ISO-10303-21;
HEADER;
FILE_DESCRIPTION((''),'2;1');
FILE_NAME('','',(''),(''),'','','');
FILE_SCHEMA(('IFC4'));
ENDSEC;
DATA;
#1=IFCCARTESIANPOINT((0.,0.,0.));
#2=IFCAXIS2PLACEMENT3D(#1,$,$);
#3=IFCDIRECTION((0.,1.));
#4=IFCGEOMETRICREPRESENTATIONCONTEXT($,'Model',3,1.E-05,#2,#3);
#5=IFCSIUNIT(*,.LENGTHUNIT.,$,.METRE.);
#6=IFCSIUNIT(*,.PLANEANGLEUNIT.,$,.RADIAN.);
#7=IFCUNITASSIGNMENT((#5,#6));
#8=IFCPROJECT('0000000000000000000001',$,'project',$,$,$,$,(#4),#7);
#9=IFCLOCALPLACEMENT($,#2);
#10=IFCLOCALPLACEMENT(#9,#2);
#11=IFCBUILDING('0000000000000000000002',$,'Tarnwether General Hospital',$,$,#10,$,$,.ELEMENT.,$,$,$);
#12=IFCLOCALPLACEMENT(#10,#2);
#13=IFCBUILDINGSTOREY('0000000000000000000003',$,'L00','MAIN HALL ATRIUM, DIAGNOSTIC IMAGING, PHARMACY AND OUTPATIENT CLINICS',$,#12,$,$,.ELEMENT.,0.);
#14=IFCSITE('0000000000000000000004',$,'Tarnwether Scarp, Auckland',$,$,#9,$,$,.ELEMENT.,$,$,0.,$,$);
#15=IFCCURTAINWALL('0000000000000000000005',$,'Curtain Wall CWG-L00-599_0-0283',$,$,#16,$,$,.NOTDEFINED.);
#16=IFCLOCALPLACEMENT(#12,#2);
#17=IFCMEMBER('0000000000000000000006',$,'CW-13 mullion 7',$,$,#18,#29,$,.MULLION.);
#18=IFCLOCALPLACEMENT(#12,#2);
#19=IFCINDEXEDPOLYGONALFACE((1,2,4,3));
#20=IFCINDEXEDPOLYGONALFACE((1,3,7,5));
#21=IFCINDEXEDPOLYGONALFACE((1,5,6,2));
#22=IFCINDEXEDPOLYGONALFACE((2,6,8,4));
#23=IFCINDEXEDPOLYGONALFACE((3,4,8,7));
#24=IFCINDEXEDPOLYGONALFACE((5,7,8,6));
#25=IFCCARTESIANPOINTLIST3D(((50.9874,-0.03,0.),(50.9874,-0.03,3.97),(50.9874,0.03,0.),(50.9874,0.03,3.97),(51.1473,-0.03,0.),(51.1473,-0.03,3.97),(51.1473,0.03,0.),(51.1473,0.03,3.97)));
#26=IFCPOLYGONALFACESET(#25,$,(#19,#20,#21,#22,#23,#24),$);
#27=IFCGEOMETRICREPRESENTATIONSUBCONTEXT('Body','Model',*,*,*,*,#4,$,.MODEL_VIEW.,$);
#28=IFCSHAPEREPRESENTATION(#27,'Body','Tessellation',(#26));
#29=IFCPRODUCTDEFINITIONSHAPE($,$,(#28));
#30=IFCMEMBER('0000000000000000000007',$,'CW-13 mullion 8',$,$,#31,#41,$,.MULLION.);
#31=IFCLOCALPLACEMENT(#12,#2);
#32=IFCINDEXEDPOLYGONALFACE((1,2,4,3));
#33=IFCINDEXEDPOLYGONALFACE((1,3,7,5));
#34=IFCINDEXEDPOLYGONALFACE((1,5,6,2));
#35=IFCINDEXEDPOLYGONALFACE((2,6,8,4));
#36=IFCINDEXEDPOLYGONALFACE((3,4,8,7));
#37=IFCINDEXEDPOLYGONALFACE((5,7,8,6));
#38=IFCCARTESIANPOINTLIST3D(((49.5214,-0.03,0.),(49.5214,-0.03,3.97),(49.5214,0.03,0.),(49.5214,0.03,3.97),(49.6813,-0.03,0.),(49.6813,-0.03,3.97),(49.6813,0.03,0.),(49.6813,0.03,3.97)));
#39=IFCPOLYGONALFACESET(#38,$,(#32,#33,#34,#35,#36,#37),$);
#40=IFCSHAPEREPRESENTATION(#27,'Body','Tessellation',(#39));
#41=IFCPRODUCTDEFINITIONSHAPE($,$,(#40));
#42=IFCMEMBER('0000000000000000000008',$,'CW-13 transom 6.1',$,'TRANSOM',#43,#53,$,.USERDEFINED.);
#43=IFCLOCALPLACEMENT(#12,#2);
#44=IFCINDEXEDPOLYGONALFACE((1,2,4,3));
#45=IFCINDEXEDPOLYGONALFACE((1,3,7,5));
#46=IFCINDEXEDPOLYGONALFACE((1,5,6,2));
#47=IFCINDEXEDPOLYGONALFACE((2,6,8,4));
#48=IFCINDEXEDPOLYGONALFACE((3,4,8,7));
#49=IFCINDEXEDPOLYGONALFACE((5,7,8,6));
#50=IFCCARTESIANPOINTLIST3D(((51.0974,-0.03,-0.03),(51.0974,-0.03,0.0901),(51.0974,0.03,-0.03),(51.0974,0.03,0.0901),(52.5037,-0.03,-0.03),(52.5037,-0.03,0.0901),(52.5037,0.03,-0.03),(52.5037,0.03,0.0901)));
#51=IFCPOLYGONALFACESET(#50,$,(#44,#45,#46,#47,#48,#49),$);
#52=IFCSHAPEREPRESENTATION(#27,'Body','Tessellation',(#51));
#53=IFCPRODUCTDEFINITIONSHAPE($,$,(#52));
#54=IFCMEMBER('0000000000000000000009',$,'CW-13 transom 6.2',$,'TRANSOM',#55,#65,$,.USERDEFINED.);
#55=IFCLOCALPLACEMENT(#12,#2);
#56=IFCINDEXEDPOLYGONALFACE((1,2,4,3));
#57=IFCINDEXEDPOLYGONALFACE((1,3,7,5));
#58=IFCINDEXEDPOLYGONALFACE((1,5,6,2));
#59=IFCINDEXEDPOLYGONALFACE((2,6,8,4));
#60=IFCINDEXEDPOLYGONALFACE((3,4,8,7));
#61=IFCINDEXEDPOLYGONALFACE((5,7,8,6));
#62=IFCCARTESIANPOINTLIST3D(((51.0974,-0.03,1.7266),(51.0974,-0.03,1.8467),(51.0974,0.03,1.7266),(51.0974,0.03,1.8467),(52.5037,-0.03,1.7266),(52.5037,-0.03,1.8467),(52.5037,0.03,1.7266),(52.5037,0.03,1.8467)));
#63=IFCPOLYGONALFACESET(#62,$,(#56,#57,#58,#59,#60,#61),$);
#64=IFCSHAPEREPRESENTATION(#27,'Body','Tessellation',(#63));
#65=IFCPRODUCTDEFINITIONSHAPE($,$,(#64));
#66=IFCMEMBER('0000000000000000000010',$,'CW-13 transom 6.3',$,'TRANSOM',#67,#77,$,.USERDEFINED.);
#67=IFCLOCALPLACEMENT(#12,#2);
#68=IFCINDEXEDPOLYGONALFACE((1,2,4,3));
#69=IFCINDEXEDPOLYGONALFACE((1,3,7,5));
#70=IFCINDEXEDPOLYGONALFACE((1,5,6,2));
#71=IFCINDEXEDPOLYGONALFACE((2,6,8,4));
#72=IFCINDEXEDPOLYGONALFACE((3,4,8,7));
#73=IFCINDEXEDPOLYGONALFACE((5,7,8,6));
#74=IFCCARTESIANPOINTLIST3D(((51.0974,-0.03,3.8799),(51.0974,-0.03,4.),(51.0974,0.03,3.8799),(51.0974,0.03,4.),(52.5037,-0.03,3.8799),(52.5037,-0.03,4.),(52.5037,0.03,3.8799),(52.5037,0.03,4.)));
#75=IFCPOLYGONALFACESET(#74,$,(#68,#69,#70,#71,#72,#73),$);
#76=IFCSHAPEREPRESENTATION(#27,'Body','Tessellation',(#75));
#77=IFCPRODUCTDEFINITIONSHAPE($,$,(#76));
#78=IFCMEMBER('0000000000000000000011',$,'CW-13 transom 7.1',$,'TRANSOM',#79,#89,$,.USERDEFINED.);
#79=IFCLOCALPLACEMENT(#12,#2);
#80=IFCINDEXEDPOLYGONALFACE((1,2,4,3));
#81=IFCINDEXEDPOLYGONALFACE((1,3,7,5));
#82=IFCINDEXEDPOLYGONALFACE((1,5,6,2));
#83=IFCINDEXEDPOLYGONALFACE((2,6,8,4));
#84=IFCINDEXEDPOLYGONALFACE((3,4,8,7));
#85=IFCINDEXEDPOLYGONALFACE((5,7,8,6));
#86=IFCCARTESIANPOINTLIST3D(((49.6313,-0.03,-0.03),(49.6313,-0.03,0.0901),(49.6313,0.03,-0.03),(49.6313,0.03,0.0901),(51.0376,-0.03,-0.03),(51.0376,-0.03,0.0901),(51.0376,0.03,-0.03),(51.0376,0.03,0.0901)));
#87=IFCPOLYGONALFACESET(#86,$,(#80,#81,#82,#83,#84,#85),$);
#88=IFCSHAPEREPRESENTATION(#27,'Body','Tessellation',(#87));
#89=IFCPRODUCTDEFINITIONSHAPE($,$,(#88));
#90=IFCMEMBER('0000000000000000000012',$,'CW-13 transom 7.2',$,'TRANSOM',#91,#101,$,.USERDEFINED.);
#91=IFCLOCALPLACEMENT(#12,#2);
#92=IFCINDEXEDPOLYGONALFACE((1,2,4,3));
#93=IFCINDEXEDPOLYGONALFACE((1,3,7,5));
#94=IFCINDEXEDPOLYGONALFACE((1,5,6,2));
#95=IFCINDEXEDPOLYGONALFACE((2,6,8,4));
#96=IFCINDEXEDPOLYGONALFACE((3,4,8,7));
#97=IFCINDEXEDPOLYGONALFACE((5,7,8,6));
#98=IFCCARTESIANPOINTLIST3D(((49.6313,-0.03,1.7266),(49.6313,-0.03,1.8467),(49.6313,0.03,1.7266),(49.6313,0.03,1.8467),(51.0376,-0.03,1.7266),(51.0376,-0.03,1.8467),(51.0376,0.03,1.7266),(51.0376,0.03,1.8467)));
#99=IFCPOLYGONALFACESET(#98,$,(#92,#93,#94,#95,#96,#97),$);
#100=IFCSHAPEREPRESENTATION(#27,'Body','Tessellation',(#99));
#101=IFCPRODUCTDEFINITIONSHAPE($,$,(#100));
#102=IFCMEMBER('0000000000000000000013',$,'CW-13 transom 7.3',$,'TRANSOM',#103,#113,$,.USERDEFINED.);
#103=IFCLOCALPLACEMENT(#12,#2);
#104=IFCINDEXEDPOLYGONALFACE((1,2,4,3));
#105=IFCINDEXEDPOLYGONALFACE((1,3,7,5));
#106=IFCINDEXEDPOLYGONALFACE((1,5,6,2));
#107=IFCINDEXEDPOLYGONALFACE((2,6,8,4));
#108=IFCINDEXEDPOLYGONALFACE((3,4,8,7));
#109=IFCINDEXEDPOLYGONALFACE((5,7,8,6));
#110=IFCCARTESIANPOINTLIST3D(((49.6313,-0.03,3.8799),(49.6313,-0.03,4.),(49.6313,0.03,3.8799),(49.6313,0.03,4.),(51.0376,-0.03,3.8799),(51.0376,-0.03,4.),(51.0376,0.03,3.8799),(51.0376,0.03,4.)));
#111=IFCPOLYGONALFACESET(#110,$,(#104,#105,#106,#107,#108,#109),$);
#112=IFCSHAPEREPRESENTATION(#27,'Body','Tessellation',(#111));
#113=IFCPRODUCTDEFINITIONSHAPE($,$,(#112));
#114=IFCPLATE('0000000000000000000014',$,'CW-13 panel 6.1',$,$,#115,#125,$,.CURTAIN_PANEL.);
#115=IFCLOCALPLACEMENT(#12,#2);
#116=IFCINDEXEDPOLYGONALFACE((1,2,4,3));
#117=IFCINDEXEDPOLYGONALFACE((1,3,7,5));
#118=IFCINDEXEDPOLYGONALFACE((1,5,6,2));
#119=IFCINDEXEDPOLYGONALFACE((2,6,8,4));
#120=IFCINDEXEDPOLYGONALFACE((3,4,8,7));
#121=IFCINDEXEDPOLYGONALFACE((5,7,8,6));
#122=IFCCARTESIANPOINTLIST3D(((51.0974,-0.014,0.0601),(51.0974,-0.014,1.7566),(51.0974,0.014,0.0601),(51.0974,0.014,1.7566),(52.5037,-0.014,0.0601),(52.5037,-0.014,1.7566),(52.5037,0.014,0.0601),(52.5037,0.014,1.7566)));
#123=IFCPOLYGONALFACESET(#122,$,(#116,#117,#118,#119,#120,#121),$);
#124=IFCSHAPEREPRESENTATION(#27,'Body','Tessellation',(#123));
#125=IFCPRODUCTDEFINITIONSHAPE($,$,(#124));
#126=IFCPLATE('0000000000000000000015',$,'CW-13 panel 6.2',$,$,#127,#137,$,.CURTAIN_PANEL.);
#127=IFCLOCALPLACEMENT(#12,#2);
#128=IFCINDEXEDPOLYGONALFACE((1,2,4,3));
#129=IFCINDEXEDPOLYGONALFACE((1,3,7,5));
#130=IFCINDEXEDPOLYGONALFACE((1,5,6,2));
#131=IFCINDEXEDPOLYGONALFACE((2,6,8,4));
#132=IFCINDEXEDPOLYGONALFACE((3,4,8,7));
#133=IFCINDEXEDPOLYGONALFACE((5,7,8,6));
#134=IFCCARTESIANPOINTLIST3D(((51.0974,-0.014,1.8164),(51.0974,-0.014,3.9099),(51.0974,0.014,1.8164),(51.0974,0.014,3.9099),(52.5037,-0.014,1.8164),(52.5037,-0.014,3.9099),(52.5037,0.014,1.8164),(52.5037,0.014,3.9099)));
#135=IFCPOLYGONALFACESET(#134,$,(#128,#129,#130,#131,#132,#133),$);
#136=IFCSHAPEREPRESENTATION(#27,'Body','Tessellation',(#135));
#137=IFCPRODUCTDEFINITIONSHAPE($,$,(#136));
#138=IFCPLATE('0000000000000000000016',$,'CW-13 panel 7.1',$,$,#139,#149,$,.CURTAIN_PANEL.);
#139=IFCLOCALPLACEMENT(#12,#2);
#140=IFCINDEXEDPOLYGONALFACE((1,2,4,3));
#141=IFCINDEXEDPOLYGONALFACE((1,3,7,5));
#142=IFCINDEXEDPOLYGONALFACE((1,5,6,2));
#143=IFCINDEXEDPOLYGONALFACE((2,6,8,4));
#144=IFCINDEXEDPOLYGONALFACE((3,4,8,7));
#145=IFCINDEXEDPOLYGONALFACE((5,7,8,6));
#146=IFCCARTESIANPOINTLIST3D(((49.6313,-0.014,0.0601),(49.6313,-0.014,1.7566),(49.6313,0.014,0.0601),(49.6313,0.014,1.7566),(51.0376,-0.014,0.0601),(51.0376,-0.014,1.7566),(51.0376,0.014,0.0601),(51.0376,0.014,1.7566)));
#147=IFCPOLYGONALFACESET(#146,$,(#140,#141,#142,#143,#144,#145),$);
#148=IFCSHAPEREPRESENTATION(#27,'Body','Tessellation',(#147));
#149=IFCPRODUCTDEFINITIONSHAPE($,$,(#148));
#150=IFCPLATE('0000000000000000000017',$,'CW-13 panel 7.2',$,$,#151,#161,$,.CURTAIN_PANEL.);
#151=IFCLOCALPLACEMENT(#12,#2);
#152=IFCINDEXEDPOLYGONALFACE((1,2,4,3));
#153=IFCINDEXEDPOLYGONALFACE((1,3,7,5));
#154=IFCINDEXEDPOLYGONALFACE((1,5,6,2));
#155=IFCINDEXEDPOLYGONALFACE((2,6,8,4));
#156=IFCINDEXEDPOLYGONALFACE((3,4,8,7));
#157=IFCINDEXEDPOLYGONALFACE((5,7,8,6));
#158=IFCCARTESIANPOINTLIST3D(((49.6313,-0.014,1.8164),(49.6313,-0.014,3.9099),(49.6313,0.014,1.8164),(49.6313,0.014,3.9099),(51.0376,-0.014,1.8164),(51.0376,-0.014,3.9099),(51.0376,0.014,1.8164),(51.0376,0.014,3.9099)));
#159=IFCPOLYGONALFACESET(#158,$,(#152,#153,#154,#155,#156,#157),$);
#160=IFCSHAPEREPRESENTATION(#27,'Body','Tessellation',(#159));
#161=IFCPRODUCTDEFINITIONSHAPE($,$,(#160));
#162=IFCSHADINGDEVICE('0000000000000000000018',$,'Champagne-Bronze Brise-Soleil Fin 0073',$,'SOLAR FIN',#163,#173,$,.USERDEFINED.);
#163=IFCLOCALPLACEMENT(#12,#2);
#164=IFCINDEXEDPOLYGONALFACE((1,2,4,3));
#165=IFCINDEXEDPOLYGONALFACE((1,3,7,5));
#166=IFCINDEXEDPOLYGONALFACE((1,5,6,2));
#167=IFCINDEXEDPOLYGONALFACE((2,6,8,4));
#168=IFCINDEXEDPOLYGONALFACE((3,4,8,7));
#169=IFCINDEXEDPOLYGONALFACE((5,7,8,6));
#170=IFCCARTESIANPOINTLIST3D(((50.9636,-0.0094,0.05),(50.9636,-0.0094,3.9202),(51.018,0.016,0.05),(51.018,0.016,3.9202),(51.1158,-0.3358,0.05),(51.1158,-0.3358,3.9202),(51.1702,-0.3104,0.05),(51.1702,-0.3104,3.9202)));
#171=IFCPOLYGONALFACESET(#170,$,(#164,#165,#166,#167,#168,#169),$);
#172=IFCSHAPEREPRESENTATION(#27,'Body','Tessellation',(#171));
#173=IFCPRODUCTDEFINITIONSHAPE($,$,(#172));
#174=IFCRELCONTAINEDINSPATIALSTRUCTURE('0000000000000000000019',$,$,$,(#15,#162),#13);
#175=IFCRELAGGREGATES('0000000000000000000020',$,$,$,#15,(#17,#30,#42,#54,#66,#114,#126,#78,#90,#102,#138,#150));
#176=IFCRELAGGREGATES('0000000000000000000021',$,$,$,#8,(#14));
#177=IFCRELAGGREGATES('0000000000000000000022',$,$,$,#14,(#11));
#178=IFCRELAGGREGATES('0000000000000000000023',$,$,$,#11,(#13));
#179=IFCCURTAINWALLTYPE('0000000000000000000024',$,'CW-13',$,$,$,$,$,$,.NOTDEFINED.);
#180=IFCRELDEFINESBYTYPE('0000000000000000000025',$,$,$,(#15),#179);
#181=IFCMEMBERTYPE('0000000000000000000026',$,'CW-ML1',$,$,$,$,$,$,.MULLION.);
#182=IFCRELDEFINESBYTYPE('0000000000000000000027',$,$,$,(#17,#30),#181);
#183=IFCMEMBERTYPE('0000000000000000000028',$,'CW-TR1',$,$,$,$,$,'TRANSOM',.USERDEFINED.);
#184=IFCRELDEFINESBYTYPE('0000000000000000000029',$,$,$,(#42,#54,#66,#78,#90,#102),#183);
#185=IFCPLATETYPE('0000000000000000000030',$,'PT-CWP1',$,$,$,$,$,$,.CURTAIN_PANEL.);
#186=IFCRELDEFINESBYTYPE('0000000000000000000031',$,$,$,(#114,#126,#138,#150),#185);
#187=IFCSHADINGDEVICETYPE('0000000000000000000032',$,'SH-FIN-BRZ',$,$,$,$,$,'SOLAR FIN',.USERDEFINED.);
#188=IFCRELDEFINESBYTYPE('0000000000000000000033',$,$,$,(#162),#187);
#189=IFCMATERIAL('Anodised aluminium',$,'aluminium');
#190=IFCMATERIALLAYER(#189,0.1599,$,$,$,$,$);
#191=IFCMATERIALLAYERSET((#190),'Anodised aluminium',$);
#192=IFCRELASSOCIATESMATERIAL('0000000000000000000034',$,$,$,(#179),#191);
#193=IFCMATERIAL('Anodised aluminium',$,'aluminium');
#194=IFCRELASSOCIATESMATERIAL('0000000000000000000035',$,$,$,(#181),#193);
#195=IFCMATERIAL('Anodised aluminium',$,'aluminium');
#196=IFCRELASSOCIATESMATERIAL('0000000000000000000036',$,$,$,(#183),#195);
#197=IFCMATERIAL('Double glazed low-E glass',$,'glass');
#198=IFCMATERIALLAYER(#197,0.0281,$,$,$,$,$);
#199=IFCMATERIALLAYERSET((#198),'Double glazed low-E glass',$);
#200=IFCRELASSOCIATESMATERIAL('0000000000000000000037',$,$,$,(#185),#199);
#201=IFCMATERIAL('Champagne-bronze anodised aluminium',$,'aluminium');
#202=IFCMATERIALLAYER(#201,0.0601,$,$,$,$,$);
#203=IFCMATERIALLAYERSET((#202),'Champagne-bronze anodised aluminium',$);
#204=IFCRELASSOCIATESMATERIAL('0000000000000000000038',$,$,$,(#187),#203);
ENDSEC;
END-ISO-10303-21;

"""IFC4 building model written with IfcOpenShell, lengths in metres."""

from ifc_helpers import new_model, si_unit, direction, frame, origin, origin_2d, place, context, subcontext, project, spatial, rectangle, extrude, material, layer, layer_set, material_profile, profile_set, type_object, element, aggregate, save


model = new_model("IFC4")

# Units and contexts
model_context = context("Model", 3, precision=1e-05, world=origin(), true_north=direction((0.0, 1.0)))
body_context = subcontext(model_context, "Body", "Model", "MODEL_VIEW")
ifc_project = project(units=[si_unit("LENGTHUNIT", "METRE"), si_unit("PLANEANGLEUNIT", "RADIAN")], contexts=[model_context])

# Site, building, storey
site_placement = place(None, origin())
site = spatial("IfcSite", under=ifc_project, at=site_placement, Name="Tarnwether Scarp, Auckland", CompositionType="ELEMENT", RefElevation=0.0)
building_placement = place(site_placement, origin())
building = spatial("IfcBuilding", under=site, at=building_placement, Name="Tarnwether General Hospital", CompositionType="ELEMENT")
storey_placement = place(building_placement, origin())
storey = spatial("IfcBuildingStorey", under=building, at=storey_placement, Name="L00", Description="MAIN HALL ATRIUM, DIAGNOSTIC IMAGING, PHARMACY AND OUTPATIENT CLINICS", CompositionType="ELEMENT", Elevation=0.0)

# Curtain wall, members, plates
ifc_material_1 = material(Name="Anodised aluminium", Category="aluminium")
ifc_layer_1 = layer(ifc_material_1, 0.1599)
ifc_layer_set_1 = layer_set([ifc_layer_1], Name="Anodised aluminium")
curtain_wall_type = type_object("IfcCurtainWallType", Name="CW-13", PredefinedType="NOTDEFINED", material=ifc_layer_set_1)
curtain_wall_placement = place(storey_placement, origin())
curtain_wall = element("IfcCurtainWall", 1, at=curtain_wall_placement, inside=storey, type_object=curtain_wall_type, Name="Curtain Wall CWG-L00-599_0-0283", PredefinedType="NOTDEFINED")
ifc_material_2 = material(Name="Anodised aluminium", Category="aluminium")
ifc_material_profile_1 = material_profile(ifc_material_2, rectangle(XDim=0.0601, YDim=0.1599, at=origin_2d()), Name="ALU-MUL-60x160")
ifc_profile_set_1 = profile_set([ifc_material_profile_1], Name="Anodised aluminium")
member_type_1 = type_object("IfcMemberType", Name="CW-ML1", PredefinedType="MULLION", material=ifc_profile_set_1)
member_1_placement = place(storey_placement, frame((51.0674, 0.0, 0.0), z_axis=(0.0, 0.0, 1.0), x_axis=(0.0, -1.0, 0.0)))
member_1 = element("IfcMember", 2, at=member_1_placement, type_object=member_type_1, Name="CW-13 mullion 7", PredefinedType="MULLION", context=body_context, shape_type="SweptSolid", body=[
    extrude(rectangle(XDim=0.0601, YDim=0.1599, at=origin_2d()), origin(), (0.0, 0.0, 1.0), 3.97),
])
member_2_placement = place(storey_placement, frame((49.6013, 0.0, 0.0), z_axis=(0.0, 0.0, 1.0), x_axis=(0.0, -1.0, 0.0)))
member_2 = element("IfcMember", 3, at=member_2_placement, type_object=member_type_1, Name="CW-13 mullion 8", PredefinedType="MULLION", context=body_context, shape_type="SweptSolid", body=[
    extrude(rectangle(XDim=0.0601, YDim=0.1599, at=origin_2d()), origin(), (0.0, 0.0, 1.0), 3.97),
])
ifc_material_3 = material(Name="Anodised aluminium", Category="aluminium")
ifc_material_profile_2 = material_profile(ifc_material_3, rectangle(XDim=0.0601, YDim=0.1201, at=origin_2d()), Name="ALU-TRN-60x120")
ifc_profile_set_2 = profile_set([ifc_material_profile_2], Name="Anodised aluminium")
member_type_2 = type_object("IfcMemberType", Name="CW-TR1", ElementType="TRANSOM", PredefinedType="USERDEFINED", material=ifc_profile_set_2)
member_3_placement = place(storey_placement, frame((52.5037, 0.0, 0.03), z_axis=(-1.0, 0.0, 0.0), x_axis=(0.0, -1.0, 0.0)))
member_3 = element("IfcMember", 4, at=member_3_placement, type_object=member_type_2, Name="CW-13 transom 6.1", ObjectType="TRANSOM", PredefinedType="USERDEFINED", context=body_context, shape_type="SweptSolid", body=[
    extrude(rectangle(XDim=0.0601, YDim=0.1201, at=origin_2d()), origin(), (0.0, 0.0, 1.0), 1.4062),
])
member_4_placement = place(storey_placement, frame((52.5037, 0.0, 1.7866), z_axis=(-1.0, 0.0, 0.0), x_axis=(0.0, -1.0, 0.0)))
member_4 = element("IfcMember", 5, at=member_4_placement, type_object=member_type_2, Name="CW-13 transom 6.2", ObjectType="TRANSOM", PredefinedType="USERDEFINED", context=body_context, shape_type="SweptSolid", body=[
    extrude(rectangle(XDim=0.0601, YDim=0.1201, at=origin_2d()), origin(), (0.0, 0.0, 1.0), 1.4062),
])
member_5_placement = place(storey_placement, frame((52.5037, 0.0, 3.9399), z_axis=(-1.0, 0.0, 0.0), x_axis=(0.0, -1.0, 0.0)))
member_5 = element("IfcMember", 6, at=member_5_placement, type_object=member_type_2, Name="CW-13 transom 6.3", ObjectType="TRANSOM", PredefinedType="USERDEFINED", context=body_context, shape_type="SweptSolid", body=[
    extrude(rectangle(XDim=0.0601, YDim=0.1201, at=origin_2d()), origin(), (0.0, 0.0, 1.0), 1.4062),
])
member_6_placement = place(storey_placement, frame((51.0376, 0.0, 0.03), z_axis=(-1.0, 0.0, 0.0), x_axis=(0.0, -1.0, 0.0)))
member_6 = element("IfcMember", 7, at=member_6_placement, type_object=member_type_2, Name="CW-13 transom 7.1", ObjectType="TRANSOM", PredefinedType="USERDEFINED", context=body_context, shape_type="SweptSolid", body=[
    extrude(rectangle(XDim=0.0601, YDim=0.1201, at=origin_2d()), origin(), (0.0, 0.0, 1.0), 1.4062),
])
member_7_placement = place(storey_placement, frame((51.0376, 0.0, 1.7866), z_axis=(-1.0, 0.0, 0.0), x_axis=(0.0, -1.0, 0.0)))
member_7 = element("IfcMember", 8, at=member_7_placement, type_object=member_type_2, Name="CW-13 transom 7.2", ObjectType="TRANSOM", PredefinedType="USERDEFINED", context=body_context, shape_type="SweptSolid", body=[
    extrude(rectangle(XDim=0.0601, YDim=0.1201, at=origin_2d()), origin(), (0.0, 0.0, 1.0), 1.4062),
])
member_8_placement = place(storey_placement, frame((51.0376, 0.0, 3.9399), z_axis=(-1.0, 0.0, 0.0), x_axis=(0.0, -1.0, 0.0)))
member_8 = element("IfcMember", 9, at=member_8_placement, type_object=member_type_2, Name="CW-13 transom 7.3", ObjectType="TRANSOM", PredefinedType="USERDEFINED", context=body_context, shape_type="SweptSolid", body=[
    extrude(rectangle(XDim=0.0601, YDim=0.1201, at=origin_2d()), origin(), (0.0, 0.0, 1.0), 1.4062),
])
ifc_material_4 = material(Name="Double glazed low-E glass", Category="glass")
ifc_layer_2 = layer(ifc_material_4, 0.0281)
ifc_layer_set_2 = layer_set([ifc_layer_2], Name="Double glazed low-E glass")
plate_type = type_object("IfcPlateType", Name="PT-CWP1", PredefinedType="CURTAIN_PANEL", material=ifc_layer_set_2)
plate_1_placement = place(storey_placement, frame((51.8005, 0.0, 0.0601), z_axis=(0.0, 0.0, 1.0), x_axis=(-1.0, 0.0, 0.0)))
plate_1 = element("IfcPlate", 10, at=plate_1_placement, type_object=plate_type, Name="CW-13 panel 6.1", PredefinedType="CURTAIN_PANEL", context=body_context, shape_type="SweptSolid", body=[
    extrude(rectangle(XDim=1.4062, YDim=0.0281, at=origin_2d()), origin(), (0.0, 0.0, 1.0), 1.6965),
])
plate_2_placement = place(storey_placement, frame((51.8005, 0.0, 1.8164), z_axis=(0.0, 0.0, 1.0), x_axis=(-1.0, 0.0, 0.0)))
plate_2 = element("IfcPlate", 11, at=plate_2_placement, type_object=plate_type, Name="CW-13 panel 6.2", PredefinedType="CURTAIN_PANEL", context=body_context, shape_type="SweptSolid", body=[
    extrude(rectangle(XDim=1.4062, YDim=0.0281, at=origin_2d()), origin(), (0.0, 0.0, 1.0), 2.0935),
])
plate_3_placement = place(storey_placement, frame((50.3345, 0.0, 0.0601), z_axis=(0.0, 0.0, 1.0), x_axis=(-1.0, 0.0, 0.0)))
plate_3 = element("IfcPlate", 12, at=plate_3_placement, type_object=plate_type, Name="CW-13 panel 7.1", PredefinedType="CURTAIN_PANEL", context=body_context, shape_type="SweptSolid", body=[
    extrude(rectangle(XDim=1.4062, YDim=0.0281, at=origin_2d()), origin(), (0.0, 0.0, 1.0), 1.6965),
])
plate_4_placement = place(storey_placement, frame((50.3345, 0.0, 1.8164), z_axis=(0.0, 0.0, 1.0), x_axis=(-1.0, 0.0, 0.0)))
plate_4 = element("IfcPlate", 13, at=plate_4_placement, type_object=plate_type, Name="CW-13 panel 7.2", PredefinedType="CURTAIN_PANEL", context=body_context, shape_type="SweptSolid", body=[
    extrude(rectangle(XDim=1.4062, YDim=0.0281, at=origin_2d()), origin(), (0.0, 0.0, 1.0), 2.0935),
])
aggregate(curtain_wall, [member_1, member_2, member_3, member_4, member_5, plate_1, plate_2, member_6, member_7, member_8, plate_3, plate_4])

# Shading device
ifc_material_5 = material(Name="Champagne-bronze anodised aluminium", Category="aluminium")
ifc_layer_3 = layer(ifc_material_5, 0.0601)
ifc_layer_set_3 = layer_set([ifc_layer_3], Name="Champagne-bronze anodised aluminium")
shading_device_type = type_object("IfcShadingDeviceType", Name="SH-FIN-BRZ", ElementType="SOLAR FIN", PredefinedType="USERDEFINED", material=ifc_layer_set_3)
shading_device_placement = place(storey_placement, frame((51.0669, -0.1599, 0.05), z_axis=(0.0, 0.0, 1.0), x_axis=(-0.906308, -0.422618, 0.0)))
element("IfcShadingDevice", 14, at=shading_device_placement, inside=storey, type_object=shading_device_type, Name="Champagne-Bronze Brise-Soleil Fin 0073", ObjectType="SOLAR FIN", PredefinedType="USERDEFINED", context=body_context, shape_type="SweptSolid", body=[
    extrude(rectangle(XDim=0.0601, YDim=0.3601, at=origin_2d()), origin(), (0.0, 0.0, 1.0), 3.8701),
])

save(model, "model.ifc")
